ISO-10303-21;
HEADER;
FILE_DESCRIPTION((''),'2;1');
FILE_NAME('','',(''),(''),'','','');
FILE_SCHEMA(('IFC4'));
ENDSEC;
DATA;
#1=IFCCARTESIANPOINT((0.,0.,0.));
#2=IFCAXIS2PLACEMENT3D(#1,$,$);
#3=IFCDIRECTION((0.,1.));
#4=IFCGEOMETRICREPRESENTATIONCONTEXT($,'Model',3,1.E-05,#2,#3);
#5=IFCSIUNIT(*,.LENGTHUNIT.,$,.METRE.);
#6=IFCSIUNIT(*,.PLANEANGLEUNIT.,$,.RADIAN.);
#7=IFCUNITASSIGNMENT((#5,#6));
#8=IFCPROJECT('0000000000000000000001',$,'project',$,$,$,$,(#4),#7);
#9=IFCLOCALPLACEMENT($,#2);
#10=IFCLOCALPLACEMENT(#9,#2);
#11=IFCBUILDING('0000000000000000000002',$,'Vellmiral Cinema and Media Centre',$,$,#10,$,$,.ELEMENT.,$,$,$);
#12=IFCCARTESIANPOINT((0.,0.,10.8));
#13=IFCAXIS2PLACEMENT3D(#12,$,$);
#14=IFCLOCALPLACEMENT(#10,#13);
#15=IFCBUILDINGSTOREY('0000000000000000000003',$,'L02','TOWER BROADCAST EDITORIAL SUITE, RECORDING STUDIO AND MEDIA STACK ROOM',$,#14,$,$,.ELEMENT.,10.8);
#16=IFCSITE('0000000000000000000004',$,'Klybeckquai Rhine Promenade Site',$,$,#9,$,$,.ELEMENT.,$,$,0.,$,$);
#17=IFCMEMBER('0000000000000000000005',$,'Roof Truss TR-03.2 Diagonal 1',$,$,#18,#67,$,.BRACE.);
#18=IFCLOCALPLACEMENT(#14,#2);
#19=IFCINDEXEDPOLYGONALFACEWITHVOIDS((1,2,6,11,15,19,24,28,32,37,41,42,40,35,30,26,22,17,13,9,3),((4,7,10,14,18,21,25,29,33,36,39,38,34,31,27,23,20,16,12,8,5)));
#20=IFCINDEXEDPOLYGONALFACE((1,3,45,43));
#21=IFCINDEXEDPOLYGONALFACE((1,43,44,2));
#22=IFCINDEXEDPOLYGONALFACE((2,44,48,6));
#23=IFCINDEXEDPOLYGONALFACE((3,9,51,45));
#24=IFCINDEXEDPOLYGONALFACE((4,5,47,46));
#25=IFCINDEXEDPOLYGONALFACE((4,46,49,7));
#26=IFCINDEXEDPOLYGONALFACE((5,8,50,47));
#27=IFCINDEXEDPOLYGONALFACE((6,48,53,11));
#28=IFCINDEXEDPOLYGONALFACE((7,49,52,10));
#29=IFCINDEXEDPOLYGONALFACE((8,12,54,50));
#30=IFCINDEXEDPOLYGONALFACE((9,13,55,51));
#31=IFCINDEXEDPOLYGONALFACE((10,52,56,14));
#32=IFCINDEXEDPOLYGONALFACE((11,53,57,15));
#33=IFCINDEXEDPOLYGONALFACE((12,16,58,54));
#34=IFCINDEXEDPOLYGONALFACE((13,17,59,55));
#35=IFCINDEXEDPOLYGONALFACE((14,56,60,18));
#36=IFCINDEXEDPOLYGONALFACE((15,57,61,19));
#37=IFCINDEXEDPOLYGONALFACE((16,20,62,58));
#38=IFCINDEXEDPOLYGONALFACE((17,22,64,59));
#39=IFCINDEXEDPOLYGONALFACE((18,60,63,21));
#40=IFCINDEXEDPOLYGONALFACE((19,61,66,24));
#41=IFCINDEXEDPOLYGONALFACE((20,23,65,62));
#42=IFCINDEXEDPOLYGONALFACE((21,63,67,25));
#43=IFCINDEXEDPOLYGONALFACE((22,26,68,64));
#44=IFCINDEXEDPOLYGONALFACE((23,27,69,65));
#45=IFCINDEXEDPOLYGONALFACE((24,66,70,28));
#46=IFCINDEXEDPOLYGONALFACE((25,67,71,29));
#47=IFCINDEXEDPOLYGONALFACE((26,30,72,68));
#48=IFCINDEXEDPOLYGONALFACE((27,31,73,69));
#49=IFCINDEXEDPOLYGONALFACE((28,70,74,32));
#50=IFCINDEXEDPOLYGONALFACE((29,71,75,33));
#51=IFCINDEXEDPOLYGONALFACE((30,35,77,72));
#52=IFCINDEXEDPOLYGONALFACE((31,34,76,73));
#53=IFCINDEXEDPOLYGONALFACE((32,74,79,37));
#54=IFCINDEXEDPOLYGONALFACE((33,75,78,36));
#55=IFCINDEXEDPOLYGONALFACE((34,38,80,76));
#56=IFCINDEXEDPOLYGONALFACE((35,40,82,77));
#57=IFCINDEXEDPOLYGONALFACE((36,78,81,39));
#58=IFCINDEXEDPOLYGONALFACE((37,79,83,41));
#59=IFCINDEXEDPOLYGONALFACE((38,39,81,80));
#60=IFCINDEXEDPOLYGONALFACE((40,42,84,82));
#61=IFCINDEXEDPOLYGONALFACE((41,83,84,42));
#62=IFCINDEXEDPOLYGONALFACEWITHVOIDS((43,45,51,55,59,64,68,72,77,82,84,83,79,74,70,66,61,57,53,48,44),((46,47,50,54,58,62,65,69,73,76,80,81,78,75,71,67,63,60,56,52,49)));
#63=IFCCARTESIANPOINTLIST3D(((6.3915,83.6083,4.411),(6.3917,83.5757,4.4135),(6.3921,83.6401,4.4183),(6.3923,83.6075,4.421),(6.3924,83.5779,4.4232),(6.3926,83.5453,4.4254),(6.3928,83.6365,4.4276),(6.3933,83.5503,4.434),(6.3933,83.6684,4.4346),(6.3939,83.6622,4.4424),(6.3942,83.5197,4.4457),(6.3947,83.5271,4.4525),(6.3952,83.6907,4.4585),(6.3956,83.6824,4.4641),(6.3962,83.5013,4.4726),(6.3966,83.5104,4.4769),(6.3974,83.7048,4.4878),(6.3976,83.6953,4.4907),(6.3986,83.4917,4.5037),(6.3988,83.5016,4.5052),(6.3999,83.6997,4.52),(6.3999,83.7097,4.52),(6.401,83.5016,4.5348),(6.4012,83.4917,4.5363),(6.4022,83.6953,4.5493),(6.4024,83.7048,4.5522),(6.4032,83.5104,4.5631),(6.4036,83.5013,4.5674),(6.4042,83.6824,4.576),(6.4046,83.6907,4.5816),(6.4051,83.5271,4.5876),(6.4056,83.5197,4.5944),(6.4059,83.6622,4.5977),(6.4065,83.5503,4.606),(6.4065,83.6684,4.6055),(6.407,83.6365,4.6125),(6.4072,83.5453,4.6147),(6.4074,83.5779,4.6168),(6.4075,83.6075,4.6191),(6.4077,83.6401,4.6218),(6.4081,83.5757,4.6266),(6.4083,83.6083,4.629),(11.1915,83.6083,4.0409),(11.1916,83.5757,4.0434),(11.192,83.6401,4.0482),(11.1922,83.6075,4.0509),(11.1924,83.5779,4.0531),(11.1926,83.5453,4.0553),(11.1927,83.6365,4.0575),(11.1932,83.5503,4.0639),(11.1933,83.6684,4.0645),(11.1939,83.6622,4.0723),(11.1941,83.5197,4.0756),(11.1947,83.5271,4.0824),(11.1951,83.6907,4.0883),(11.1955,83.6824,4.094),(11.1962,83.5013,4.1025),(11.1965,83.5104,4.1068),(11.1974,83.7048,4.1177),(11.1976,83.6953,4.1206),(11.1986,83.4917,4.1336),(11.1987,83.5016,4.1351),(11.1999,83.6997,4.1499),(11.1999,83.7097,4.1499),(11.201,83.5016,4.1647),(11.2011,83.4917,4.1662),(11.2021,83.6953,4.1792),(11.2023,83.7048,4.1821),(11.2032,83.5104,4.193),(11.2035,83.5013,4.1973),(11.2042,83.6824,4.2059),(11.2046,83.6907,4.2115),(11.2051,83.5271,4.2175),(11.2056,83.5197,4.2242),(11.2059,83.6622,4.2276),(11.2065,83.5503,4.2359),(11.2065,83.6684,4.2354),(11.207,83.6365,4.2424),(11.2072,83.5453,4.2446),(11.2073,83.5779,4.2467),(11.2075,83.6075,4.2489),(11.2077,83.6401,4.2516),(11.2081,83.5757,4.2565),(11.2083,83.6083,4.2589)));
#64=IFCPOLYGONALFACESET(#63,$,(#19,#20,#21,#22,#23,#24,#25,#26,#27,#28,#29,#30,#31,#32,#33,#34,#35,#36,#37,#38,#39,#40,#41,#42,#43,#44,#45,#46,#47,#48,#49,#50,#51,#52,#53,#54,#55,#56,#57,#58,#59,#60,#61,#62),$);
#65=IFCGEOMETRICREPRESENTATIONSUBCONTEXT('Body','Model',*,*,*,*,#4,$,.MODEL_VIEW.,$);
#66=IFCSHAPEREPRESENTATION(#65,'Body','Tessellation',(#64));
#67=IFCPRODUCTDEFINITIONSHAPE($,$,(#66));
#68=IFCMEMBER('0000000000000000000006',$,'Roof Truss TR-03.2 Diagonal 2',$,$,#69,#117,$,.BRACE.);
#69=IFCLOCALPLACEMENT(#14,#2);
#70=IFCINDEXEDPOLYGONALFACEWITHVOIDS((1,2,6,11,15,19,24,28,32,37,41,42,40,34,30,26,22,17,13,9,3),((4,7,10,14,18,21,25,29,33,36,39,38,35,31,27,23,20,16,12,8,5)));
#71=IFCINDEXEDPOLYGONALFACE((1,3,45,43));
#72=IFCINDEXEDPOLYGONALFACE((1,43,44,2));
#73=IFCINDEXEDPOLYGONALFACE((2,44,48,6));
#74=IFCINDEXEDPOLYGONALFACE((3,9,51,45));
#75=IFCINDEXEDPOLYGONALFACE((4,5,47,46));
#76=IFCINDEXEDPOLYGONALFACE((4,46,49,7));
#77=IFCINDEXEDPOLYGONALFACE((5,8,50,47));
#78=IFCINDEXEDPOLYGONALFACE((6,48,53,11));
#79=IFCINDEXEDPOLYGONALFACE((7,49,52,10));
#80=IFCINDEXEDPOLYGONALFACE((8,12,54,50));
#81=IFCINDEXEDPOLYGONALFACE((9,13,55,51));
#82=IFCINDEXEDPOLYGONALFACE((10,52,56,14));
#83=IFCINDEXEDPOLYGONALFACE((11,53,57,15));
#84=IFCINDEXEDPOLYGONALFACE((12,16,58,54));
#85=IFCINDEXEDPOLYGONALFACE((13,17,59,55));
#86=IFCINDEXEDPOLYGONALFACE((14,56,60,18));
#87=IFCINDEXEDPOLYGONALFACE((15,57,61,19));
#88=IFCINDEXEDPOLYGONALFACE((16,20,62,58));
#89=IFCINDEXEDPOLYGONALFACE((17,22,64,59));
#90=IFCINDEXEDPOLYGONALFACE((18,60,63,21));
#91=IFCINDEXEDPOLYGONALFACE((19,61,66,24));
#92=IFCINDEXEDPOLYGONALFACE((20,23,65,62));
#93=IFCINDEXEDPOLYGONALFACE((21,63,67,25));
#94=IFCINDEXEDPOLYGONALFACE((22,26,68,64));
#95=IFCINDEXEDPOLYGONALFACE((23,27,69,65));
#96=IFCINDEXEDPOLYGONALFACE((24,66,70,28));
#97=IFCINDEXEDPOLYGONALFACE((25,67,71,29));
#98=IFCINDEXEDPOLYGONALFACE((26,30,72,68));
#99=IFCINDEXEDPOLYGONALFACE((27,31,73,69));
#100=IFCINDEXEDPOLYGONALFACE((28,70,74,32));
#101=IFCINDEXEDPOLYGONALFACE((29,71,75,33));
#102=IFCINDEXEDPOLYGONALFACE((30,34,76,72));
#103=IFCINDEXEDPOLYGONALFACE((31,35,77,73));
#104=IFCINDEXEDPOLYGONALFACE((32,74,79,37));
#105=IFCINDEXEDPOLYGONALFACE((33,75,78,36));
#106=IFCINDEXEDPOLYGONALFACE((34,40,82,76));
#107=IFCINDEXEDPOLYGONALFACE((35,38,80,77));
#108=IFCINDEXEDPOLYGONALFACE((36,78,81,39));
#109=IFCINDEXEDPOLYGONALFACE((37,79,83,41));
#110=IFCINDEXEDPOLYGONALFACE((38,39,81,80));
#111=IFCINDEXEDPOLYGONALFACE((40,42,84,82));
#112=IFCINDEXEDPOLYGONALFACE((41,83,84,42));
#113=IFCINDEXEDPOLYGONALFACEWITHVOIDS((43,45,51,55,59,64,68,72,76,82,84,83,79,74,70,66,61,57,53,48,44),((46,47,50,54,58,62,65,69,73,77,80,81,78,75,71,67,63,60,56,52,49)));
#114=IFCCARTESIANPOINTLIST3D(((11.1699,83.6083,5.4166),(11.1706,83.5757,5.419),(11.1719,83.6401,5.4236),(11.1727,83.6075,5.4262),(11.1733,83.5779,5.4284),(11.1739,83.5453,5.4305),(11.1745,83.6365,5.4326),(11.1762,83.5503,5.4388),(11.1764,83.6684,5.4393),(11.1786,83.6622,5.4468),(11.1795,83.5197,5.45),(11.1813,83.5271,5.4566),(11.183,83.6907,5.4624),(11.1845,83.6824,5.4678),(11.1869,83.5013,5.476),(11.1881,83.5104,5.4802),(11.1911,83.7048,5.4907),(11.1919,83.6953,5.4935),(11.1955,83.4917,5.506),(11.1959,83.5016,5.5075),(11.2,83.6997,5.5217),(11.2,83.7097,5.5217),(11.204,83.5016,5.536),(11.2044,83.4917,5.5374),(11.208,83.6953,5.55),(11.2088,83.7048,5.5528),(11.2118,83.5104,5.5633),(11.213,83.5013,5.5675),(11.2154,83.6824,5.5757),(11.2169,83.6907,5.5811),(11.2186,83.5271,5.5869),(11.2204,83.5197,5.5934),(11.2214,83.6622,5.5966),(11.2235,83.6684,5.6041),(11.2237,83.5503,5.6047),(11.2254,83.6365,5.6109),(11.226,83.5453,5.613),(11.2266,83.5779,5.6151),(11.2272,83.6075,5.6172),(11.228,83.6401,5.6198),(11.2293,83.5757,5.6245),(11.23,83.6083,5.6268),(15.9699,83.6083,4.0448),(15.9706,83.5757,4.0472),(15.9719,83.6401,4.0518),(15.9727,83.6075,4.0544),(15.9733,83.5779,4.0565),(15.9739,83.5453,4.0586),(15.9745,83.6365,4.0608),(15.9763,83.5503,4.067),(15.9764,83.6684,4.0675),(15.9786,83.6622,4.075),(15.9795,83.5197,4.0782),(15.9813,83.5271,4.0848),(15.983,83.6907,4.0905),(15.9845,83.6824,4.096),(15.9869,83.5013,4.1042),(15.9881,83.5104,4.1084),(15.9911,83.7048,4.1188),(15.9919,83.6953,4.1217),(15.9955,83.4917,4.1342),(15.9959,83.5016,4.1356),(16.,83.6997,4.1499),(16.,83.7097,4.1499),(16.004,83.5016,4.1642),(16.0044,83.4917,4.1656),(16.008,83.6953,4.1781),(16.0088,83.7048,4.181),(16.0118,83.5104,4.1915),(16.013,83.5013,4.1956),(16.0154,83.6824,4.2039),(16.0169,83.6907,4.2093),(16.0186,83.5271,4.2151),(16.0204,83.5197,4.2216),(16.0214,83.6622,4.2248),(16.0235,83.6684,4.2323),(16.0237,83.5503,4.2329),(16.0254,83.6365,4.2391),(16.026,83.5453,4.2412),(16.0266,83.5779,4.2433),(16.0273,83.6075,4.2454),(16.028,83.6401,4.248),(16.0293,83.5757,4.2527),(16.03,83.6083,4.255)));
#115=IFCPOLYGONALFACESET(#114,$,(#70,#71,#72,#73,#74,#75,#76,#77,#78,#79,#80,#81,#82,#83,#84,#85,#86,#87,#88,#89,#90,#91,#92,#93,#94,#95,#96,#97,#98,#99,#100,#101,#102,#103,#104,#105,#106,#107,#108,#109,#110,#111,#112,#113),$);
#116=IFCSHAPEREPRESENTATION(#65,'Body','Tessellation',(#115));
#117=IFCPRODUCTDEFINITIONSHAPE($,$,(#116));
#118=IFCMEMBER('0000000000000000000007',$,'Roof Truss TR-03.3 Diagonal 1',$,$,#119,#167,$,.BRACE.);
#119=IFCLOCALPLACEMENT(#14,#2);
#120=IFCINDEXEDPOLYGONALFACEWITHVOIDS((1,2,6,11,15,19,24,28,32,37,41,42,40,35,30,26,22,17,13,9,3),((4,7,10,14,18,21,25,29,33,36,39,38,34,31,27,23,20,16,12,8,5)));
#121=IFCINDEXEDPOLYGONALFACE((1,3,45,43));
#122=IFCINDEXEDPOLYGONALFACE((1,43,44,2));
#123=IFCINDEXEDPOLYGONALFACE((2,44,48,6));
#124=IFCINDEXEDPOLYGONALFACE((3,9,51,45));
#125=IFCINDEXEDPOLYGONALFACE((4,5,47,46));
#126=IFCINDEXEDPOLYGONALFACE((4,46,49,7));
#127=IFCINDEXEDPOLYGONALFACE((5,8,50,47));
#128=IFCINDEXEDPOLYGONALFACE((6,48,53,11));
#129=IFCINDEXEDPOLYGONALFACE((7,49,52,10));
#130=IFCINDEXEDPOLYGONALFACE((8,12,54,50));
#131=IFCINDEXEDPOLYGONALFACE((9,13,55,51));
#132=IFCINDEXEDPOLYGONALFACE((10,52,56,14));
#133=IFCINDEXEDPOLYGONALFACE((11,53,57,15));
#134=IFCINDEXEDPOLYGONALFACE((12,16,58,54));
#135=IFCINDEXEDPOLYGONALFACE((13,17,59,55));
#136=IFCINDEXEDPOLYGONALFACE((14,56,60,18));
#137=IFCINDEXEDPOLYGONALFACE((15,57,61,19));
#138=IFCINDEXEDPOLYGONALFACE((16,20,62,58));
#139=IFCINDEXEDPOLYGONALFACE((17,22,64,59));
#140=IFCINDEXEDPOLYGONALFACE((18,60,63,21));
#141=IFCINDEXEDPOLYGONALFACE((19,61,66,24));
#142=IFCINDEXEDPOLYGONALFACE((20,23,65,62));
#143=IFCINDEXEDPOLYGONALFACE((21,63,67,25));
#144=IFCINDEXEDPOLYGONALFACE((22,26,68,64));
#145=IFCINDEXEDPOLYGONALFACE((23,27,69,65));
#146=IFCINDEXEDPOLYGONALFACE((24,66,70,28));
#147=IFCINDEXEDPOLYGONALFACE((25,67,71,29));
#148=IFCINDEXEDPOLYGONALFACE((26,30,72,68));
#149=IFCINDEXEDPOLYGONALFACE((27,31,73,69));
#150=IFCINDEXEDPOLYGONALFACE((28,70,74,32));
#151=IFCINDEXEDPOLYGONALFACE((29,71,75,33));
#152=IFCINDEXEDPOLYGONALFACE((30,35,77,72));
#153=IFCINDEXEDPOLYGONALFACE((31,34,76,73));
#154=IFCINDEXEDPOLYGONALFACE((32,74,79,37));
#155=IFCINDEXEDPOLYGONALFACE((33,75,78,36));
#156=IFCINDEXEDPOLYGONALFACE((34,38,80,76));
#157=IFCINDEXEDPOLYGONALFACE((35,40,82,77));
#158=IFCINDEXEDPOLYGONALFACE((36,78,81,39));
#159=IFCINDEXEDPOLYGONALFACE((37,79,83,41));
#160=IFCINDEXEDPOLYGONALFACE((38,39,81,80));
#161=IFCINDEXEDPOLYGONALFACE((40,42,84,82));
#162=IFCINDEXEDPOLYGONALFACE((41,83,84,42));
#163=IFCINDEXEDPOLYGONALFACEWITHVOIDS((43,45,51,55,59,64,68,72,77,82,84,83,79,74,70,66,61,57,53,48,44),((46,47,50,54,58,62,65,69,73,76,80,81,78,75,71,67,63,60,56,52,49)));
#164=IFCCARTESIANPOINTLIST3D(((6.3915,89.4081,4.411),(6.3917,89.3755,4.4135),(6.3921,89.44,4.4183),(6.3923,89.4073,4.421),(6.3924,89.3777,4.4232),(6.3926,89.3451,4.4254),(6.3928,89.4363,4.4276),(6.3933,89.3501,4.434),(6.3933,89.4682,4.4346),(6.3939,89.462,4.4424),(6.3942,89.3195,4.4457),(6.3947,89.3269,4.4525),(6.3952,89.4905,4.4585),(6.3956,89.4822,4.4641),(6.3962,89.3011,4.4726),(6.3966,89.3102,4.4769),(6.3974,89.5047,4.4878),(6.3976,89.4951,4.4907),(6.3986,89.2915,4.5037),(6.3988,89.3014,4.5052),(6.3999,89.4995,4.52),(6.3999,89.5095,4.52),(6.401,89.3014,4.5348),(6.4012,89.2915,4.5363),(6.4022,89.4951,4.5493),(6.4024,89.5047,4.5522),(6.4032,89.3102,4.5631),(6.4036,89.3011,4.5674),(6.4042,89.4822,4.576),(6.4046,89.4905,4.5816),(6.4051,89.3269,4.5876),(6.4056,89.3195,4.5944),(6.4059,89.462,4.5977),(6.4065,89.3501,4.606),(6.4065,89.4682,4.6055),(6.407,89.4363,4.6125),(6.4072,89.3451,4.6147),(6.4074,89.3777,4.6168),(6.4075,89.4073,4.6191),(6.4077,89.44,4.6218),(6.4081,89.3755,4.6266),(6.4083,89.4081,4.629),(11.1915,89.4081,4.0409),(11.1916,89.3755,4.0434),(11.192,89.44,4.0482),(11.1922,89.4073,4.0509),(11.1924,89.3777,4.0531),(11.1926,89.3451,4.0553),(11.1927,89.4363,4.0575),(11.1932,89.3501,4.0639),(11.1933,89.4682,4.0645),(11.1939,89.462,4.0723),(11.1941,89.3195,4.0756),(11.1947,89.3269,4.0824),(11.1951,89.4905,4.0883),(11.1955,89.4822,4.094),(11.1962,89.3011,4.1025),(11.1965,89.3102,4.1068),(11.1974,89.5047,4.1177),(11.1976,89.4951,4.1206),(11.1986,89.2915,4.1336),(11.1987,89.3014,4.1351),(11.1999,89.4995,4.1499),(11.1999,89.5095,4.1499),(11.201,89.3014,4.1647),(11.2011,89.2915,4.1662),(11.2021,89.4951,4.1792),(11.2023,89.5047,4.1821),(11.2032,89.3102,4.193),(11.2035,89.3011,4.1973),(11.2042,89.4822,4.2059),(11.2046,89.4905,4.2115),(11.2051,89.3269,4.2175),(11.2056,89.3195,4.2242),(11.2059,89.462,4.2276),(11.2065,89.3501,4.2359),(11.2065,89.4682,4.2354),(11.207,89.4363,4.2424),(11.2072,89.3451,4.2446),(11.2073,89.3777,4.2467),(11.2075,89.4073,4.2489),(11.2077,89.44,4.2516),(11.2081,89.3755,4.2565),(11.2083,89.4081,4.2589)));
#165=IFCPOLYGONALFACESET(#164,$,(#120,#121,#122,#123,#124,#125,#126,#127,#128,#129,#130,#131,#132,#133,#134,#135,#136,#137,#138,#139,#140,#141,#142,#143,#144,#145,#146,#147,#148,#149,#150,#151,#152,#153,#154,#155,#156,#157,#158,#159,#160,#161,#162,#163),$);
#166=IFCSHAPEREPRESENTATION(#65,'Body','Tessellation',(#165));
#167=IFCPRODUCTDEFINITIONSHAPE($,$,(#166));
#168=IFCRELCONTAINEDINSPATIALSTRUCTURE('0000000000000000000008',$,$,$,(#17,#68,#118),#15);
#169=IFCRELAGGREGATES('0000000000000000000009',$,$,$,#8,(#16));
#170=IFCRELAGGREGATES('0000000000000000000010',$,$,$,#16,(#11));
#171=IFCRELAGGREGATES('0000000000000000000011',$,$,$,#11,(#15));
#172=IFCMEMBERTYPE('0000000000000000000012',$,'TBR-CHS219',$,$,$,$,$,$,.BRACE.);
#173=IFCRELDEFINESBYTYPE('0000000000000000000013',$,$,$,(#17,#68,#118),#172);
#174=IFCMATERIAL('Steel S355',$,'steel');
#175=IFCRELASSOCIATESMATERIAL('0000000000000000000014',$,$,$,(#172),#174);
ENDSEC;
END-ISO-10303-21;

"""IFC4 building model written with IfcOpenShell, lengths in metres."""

from ifc_helpers import new_model, si_unit, direction, frame, origin, origin_2d, place, context, subcontext, project, spatial, hollow_circle, extrude, material, material_profile, profile_set, type_object, element, save


model = new_model("IFC4")

# Units and contexts
model_context = context("Model", 3, precision=1e-05, world=origin(), true_north=direction((0.0, 1.0)))
body_context = subcontext(model_context, "Body", "Model", "MODEL_VIEW")
ifc_project = project(units=[si_unit("LENGTHUNIT", "METRE"), si_unit("PLANEANGLEUNIT", "RADIAN")], contexts=[model_context])

# Site, building, storey
site_placement = place(None, origin())
site = spatial("IfcSite", under=ifc_project, at=site_placement, Name="Klybeckquai Rhine Promenade Site", CompositionType="ELEMENT", RefElevation=0.0)
building_placement = place(site_placement, origin())
building = spatial("IfcBuilding", under=site, at=building_placement, Name="Vellmiral Cinema and Media Centre", CompositionType="ELEMENT")
storey_placement = place(building_placement, frame((0.0, 0.0, 10.8)))
storey = spatial("IfcBuildingStorey", under=building, at=storey_placement, Name="L02", Description="TOWER BROADCAST EDITORIAL SUITE, RECORDING STUDIO AND MEDIA STACK ROOM", CompositionType="ELEMENT", Elevation=10.8)

# Members
ifc_material_1 = material(Name="Steel S355", Category="steel")
ifc_material_profile_1 = material_profile(ifc_material_1, hollow_circle(Radius=0.1096, WallThickness=0.01, at=origin_2d()), Name="CHS 219.1x10.0")
ifc_profile_set_1 = profile_set([ifc_material_profile_1], Name="Steel S355")
member_type_1 = type_object("IfcMemberType", Name="TBR-CHS219", PredefinedType="BRACE", material=ifc_profile_set_1)
member_1_placement = place(storey_placement, frame((6.3999, 83.6001, 4.52), z_axis=(0.99704, 0.0, -0.076879), x_axis=(0.0, 1.0, 0.0)))
element("IfcMember", 1, at=member_1_placement, inside=storey, type_object=member_type_1, Name="Roof Truss TR-03.2 Diagonal 1", PredefinedType="BRACE", context=body_context, shape_type="SweptSolid", body=[
    extrude(hollow_circle(Radius=0.1096, WallThickness=0.01, at=origin_2d()), origin(), (0.0, 0.0, 1.0), 4.8142),
])
member_2_placement = place(storey_placement, frame((11.2, 83.6001, 5.5217), z_axis=(0.961504, 0.0, -0.274792), x_axis=(0.0, 1.0, 0.0)))
element("IfcMember", 2, at=member_2_placement, inside=storey, type_object=member_type_1, Name="Roof Truss TR-03.2 Diagonal 2", PredefinedType="BRACE", context=body_context, shape_type="SweptSolid", body=[
    extrude(hollow_circle(Radius=0.1096, WallThickness=0.01, at=origin_2d()), origin(), (0.0, 0.0, 1.0), 4.9922),
])
member_3_placement = place(storey_placement, frame((6.3999, 89.3999, 4.52), z_axis=(0.99704, 0.0, -0.076879), x_axis=(0.0, 1.0, 0.0)))
element("IfcMember", 3, at=member_3_placement, inside=storey, type_object=member_type_1, Name="Roof Truss TR-03.3 Diagonal 1", PredefinedType="BRACE", context=body_context, shape_type="SweptSolid", body=[
    extrude(hollow_circle(Radius=0.1096, WallThickness=0.01, at=origin_2d()), origin(), (0.0, 0.0, 1.0), 4.8142),
])

save(model, "model.ifc")
